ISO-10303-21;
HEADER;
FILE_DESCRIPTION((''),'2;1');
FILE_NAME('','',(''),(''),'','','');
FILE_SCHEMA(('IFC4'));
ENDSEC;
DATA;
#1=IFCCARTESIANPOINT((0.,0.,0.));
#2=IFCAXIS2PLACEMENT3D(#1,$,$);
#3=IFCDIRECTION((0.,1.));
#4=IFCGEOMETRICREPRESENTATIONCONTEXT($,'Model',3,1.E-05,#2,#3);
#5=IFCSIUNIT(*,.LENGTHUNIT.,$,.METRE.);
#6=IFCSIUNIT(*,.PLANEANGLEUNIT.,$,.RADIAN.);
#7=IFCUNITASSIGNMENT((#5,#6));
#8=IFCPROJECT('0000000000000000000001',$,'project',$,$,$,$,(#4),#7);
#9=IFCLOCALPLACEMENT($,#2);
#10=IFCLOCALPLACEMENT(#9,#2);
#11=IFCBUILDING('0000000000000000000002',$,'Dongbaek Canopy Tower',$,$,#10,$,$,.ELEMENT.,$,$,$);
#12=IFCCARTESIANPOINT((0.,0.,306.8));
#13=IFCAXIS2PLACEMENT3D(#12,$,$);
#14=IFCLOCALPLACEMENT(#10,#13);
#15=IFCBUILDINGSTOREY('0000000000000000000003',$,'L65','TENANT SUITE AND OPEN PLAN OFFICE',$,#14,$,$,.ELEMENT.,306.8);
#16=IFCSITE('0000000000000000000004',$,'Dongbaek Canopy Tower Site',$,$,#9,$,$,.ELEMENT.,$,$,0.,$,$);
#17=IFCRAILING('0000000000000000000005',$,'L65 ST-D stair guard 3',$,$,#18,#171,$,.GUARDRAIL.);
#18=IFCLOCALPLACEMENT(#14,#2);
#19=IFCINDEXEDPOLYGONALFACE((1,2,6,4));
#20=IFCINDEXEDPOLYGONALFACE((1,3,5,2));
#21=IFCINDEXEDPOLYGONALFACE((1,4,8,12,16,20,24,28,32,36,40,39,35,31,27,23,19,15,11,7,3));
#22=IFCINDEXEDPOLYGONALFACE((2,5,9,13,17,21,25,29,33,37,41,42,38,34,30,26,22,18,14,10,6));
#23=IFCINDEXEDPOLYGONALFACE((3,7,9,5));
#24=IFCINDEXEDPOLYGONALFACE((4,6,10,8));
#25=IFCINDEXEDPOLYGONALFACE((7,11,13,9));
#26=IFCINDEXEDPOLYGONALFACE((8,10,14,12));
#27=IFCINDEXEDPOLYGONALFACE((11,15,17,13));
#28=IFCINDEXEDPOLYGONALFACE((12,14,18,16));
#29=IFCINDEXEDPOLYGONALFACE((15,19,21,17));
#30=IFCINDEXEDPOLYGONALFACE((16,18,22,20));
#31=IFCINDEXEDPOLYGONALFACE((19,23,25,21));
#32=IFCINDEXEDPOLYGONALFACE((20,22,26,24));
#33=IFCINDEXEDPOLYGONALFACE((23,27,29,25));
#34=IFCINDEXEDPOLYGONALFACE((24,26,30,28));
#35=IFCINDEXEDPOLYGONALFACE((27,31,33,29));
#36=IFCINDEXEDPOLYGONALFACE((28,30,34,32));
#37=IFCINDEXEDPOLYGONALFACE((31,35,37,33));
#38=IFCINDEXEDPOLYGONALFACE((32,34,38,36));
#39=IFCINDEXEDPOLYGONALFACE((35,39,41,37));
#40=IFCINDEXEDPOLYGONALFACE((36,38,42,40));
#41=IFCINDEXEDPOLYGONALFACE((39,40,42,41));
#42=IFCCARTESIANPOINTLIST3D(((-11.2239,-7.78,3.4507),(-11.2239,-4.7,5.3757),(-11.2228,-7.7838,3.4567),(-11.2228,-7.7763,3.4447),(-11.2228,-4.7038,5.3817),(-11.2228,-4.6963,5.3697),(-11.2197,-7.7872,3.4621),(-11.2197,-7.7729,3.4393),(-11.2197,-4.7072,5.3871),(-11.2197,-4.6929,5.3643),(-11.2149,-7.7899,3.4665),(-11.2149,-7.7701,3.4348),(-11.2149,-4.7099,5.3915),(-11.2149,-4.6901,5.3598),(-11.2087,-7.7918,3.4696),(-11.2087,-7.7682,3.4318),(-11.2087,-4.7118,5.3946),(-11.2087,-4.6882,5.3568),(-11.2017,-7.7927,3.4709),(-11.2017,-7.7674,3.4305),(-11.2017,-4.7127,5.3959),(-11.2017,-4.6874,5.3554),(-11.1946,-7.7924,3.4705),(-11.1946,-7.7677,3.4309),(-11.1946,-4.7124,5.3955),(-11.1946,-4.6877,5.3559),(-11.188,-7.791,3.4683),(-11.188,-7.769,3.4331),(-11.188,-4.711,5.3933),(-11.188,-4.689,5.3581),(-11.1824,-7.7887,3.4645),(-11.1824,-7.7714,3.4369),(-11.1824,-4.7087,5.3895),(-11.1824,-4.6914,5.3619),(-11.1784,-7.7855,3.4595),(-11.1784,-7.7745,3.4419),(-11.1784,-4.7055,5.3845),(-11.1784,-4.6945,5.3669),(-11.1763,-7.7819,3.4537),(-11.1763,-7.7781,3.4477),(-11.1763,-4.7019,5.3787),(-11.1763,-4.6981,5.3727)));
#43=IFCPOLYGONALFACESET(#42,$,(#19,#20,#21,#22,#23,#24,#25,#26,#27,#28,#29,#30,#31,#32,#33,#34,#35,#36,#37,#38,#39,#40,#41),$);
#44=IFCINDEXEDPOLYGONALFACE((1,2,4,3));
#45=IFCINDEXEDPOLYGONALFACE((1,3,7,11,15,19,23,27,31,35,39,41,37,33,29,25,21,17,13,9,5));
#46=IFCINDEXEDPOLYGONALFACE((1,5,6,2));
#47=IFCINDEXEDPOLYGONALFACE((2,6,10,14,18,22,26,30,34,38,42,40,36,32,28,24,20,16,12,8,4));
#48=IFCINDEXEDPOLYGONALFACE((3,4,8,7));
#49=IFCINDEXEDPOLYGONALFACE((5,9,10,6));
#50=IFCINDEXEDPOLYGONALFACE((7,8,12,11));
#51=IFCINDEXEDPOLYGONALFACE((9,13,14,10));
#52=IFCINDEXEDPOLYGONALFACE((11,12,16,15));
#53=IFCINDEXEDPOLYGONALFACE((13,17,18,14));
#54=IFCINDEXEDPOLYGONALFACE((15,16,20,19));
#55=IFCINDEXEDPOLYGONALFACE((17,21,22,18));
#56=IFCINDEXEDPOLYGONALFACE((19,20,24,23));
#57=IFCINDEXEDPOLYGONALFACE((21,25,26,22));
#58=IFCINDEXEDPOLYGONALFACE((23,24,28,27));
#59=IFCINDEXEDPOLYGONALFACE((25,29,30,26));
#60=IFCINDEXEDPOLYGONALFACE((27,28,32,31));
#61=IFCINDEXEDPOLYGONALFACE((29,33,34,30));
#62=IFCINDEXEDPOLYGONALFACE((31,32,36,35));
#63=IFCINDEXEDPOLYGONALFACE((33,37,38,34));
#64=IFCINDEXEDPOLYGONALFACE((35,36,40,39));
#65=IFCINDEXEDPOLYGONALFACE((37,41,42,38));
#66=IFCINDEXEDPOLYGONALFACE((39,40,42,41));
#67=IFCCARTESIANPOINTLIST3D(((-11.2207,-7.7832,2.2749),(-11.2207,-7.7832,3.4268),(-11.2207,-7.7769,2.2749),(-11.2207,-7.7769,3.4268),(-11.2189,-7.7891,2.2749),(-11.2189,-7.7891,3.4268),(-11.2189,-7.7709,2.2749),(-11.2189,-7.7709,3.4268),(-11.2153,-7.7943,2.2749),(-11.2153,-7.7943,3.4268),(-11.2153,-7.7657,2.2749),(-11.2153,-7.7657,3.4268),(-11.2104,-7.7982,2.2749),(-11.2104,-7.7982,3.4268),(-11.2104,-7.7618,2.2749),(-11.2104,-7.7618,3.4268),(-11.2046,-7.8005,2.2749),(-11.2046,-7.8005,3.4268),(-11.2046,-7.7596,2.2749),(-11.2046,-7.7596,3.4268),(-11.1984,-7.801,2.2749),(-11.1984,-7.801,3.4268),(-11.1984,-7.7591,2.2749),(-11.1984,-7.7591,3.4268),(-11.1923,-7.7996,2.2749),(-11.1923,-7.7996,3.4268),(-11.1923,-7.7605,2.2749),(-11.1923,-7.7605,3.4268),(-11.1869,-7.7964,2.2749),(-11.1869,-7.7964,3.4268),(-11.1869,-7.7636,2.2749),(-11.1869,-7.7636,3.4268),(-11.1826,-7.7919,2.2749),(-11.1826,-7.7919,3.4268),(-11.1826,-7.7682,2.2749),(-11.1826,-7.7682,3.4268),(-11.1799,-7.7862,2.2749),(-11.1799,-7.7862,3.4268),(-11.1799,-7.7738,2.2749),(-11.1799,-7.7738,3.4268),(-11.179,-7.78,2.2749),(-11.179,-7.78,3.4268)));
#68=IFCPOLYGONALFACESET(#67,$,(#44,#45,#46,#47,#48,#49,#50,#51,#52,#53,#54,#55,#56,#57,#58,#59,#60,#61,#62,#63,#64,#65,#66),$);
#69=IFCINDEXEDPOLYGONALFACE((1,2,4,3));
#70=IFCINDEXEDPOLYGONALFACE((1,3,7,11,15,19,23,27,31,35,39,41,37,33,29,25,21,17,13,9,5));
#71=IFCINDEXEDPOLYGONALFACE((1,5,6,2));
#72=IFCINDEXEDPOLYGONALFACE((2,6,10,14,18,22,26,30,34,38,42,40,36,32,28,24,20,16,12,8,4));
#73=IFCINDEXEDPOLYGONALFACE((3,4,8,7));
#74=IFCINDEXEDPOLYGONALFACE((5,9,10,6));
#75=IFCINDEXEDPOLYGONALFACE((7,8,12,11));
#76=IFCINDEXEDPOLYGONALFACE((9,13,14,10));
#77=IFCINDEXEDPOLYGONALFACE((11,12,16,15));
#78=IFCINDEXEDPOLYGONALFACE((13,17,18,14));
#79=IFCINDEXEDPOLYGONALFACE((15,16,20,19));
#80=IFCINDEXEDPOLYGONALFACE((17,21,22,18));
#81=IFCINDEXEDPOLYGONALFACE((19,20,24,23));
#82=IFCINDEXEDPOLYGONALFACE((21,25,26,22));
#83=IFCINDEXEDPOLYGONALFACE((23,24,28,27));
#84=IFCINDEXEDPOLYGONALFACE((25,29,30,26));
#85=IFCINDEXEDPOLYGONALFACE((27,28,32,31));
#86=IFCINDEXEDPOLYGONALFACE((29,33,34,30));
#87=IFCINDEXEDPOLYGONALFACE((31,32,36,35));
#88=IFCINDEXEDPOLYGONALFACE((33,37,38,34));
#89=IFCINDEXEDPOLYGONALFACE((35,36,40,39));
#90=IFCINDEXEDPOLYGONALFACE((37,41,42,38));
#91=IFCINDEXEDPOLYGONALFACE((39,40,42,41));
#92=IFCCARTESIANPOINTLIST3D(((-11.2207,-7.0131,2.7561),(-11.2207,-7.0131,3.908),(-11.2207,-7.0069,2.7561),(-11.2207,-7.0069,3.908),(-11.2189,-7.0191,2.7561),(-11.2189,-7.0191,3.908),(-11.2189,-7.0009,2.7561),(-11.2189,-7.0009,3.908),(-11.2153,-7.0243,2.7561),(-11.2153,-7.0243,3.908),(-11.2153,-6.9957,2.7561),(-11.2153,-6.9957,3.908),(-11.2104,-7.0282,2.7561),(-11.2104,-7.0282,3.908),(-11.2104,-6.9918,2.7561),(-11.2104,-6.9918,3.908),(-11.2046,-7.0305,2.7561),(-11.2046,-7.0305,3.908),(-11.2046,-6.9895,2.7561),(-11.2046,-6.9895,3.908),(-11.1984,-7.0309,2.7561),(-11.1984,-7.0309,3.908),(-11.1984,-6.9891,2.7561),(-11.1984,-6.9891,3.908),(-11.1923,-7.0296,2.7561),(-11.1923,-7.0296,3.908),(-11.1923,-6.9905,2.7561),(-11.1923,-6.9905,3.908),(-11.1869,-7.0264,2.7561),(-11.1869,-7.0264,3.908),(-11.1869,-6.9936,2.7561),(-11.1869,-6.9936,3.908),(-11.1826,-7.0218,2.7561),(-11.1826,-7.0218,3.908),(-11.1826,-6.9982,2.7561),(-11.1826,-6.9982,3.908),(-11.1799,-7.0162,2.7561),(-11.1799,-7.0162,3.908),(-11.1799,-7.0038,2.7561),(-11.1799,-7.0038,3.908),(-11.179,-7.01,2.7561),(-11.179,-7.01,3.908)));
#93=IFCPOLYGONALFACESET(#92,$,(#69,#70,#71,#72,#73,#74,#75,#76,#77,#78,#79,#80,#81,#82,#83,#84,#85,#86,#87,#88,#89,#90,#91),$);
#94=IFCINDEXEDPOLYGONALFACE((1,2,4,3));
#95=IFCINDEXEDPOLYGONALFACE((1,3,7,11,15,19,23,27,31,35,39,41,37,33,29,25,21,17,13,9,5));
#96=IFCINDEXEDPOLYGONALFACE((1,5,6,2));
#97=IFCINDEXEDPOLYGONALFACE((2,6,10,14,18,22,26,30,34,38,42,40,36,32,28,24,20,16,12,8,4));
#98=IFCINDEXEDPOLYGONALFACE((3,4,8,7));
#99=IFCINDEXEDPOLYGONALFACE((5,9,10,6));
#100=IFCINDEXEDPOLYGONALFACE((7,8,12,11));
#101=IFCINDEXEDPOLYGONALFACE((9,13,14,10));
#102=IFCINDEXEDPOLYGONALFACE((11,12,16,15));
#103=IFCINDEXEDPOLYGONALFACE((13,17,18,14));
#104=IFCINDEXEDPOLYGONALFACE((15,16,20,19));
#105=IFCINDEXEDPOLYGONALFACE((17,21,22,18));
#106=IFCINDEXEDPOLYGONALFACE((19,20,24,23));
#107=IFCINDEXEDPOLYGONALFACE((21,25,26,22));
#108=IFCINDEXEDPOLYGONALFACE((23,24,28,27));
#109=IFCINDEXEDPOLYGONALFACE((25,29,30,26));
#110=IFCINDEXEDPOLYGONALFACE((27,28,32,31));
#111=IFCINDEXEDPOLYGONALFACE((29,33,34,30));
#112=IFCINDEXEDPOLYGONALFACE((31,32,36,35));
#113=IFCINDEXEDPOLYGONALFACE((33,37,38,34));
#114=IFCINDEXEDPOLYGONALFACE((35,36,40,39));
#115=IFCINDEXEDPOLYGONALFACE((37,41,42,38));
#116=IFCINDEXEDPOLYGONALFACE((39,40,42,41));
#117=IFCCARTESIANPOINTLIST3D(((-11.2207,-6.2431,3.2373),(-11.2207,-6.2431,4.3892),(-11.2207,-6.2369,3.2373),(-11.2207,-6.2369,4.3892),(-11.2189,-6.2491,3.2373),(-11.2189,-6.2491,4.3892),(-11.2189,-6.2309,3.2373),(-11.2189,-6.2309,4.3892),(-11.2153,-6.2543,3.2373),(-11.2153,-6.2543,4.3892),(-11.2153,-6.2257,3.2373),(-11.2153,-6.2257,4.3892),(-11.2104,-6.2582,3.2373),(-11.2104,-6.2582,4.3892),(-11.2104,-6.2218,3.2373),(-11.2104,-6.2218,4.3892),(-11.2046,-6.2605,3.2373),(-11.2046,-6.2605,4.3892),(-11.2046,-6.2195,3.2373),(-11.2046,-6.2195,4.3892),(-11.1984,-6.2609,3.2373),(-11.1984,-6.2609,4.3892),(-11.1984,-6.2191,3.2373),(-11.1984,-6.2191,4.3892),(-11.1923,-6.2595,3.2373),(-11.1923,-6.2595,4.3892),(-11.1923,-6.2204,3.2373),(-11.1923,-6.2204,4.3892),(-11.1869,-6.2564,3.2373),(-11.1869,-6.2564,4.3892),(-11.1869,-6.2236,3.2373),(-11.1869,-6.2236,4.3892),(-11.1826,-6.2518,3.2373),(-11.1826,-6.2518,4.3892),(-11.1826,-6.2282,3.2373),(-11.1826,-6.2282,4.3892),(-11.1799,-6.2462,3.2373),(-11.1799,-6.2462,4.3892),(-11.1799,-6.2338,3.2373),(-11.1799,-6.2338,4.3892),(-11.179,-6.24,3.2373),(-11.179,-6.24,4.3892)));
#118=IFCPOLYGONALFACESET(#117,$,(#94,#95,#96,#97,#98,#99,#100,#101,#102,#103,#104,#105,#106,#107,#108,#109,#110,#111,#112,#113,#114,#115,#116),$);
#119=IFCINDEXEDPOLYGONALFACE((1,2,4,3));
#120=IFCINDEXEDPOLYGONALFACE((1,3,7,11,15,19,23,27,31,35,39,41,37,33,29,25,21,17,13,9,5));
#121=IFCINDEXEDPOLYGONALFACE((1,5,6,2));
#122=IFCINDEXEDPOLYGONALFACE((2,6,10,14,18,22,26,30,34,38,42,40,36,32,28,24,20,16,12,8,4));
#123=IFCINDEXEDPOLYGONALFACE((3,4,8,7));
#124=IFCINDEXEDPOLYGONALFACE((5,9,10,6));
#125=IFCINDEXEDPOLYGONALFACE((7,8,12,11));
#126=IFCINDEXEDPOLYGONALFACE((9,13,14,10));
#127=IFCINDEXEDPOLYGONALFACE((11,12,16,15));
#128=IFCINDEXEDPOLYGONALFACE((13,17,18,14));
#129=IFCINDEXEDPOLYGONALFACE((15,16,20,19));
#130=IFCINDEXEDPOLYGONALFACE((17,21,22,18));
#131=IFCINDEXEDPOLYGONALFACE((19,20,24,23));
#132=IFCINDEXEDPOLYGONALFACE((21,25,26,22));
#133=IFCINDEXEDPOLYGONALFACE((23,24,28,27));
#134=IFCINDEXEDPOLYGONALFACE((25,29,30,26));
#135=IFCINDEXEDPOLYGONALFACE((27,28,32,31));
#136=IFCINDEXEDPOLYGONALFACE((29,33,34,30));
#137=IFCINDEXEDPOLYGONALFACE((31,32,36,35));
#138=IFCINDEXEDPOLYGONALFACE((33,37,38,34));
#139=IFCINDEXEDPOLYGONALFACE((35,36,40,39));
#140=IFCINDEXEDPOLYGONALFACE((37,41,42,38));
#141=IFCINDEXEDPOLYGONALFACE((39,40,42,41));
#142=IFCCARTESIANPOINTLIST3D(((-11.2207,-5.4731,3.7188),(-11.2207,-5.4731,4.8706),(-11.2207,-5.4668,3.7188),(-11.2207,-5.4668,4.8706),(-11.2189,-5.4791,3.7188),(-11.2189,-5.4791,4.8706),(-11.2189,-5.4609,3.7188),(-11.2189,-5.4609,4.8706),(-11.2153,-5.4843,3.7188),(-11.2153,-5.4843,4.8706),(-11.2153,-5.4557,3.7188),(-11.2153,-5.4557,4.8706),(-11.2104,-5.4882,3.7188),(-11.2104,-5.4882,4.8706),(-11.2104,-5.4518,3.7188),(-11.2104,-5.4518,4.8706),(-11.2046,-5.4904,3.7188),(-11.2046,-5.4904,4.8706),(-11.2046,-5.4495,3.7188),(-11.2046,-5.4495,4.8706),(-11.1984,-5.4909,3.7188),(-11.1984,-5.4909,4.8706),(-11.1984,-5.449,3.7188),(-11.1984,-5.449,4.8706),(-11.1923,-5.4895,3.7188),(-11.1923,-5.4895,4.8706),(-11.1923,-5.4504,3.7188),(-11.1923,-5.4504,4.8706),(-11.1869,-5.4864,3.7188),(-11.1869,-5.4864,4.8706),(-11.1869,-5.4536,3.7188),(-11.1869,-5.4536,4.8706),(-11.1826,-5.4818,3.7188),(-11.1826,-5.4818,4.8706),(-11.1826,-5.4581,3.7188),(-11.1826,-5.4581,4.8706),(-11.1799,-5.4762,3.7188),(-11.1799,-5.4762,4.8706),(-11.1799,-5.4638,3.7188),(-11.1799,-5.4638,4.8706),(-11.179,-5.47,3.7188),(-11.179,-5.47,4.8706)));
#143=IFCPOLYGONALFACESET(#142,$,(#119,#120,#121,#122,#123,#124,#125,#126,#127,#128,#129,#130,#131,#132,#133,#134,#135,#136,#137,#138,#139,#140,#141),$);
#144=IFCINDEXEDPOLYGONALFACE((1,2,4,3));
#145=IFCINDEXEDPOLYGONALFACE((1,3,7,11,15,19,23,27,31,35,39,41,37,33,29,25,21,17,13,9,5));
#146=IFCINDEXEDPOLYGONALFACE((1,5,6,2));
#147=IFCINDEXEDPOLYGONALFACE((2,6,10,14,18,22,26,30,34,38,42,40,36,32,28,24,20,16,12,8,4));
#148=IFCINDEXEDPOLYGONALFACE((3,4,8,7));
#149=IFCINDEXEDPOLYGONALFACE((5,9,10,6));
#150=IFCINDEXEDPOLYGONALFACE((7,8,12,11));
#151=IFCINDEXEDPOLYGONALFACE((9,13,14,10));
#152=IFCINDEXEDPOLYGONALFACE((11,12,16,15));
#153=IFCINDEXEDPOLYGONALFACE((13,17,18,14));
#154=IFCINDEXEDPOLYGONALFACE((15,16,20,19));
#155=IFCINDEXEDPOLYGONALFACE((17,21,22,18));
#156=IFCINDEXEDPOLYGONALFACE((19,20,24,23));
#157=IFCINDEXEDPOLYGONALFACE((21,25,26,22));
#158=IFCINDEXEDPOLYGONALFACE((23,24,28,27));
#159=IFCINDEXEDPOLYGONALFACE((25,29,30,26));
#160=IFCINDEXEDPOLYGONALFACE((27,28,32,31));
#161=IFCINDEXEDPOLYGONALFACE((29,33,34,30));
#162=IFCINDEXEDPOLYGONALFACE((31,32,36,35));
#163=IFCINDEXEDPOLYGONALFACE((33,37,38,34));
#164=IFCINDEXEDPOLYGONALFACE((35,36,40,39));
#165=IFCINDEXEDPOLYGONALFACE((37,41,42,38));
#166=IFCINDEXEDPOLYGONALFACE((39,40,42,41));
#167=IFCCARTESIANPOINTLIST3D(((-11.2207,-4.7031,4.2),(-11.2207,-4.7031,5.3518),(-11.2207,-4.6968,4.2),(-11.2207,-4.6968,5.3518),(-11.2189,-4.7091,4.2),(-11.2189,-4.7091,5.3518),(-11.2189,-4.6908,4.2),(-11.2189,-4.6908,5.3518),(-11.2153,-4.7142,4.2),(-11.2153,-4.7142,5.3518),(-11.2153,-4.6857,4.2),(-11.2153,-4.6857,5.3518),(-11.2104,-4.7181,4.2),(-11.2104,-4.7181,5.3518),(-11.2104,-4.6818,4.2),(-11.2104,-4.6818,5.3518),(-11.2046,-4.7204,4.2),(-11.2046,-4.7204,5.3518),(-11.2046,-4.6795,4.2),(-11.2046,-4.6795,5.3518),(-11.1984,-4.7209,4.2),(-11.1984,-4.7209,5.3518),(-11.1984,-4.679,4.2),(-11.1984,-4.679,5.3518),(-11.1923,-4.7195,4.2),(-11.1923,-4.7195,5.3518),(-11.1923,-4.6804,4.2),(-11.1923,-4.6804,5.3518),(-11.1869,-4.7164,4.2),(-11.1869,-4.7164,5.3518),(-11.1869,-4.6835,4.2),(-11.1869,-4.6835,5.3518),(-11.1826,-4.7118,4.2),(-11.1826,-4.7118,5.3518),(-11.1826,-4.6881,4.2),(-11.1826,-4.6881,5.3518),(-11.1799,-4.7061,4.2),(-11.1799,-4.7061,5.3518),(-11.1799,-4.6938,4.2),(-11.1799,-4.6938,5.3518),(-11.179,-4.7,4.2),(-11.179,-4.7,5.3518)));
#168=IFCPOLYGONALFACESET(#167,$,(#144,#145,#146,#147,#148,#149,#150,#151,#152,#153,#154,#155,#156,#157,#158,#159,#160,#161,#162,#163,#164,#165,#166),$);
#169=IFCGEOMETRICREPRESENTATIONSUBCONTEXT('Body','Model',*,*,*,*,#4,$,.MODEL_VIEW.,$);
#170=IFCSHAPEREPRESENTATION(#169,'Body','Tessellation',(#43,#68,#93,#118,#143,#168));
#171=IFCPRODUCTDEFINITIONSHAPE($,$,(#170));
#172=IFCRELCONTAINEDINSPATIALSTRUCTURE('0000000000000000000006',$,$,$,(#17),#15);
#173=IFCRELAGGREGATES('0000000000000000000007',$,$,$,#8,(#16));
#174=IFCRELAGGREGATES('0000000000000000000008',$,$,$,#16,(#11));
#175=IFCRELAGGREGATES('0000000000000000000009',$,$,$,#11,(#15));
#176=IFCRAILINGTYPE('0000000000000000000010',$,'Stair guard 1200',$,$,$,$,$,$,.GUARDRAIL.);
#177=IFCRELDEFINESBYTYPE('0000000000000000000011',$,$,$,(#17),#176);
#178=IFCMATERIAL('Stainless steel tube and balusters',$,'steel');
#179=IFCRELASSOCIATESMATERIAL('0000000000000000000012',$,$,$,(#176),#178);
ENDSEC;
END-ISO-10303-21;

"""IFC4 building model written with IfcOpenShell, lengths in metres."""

from ifc_helpers import new_model, si_unit, direction, frame, origin, origin_2d, place, context, subcontext, project, spatial, circle, extrude, material, type_object, element, save


model = new_model("IFC4")

# Units and contexts
model_context = context("Model", 3, precision=1e-05, world=origin(), true_north=direction((0.0, 1.0)))
body_context = subcontext(model_context, "Body", "Model", "MODEL_VIEW")
ifc_project = project(units=[si_unit("LENGTHUNIT", "METRE"), si_unit("PLANEANGLEUNIT", "RADIAN")], contexts=[model_context])

# Site, building, storey
site_placement = place(None, origin())
site = spatial("IfcSite", under=ifc_project, at=site_placement, Name="Dongbaek Canopy Tower Site", CompositionType="ELEMENT", RefElevation=0.0)
building_placement = place(site_placement, origin())
building = spatial("IfcBuilding", under=site, at=building_placement, Name="Dongbaek Canopy Tower", CompositionType="ELEMENT")
storey_placement = place(building_placement, frame((0.0, 0.0, 306.8)))
storey = spatial("IfcBuildingStorey", under=building, at=storey_placement, Name="L65", Description="TENANT SUITE AND OPEN PLAN OFFICE", CompositionType="ELEMENT", Elevation=306.8)

# Railing
ifc_material_1 = material(Name="Stainless steel tube and balusters", Category="steel")
railing_type_1 = type_object("IfcRailingType", Name="Stair guard 1200", PredefinedType="GUARDRAIL", material=ifc_material_1)
railing_1_placement = place(storey_placement, frame((-11.2, -7.78, 2.2749)))
element("IfcRailing", 1, at=railing_1_placement, inside=storey, type_object=railing_type_1, Name="L65 ST-D stair guard 3", PredefinedType="GUARDRAIL", context=body_context, shape_type="SweptSolid", body=[
    extrude(circle(Radius=0.0239, at=origin_2d()), frame((0.0, 0.0, 1.1758), z_axis=(0.0, 0.847998, 0.529999), x_axis=(-1.0, 0.0, 0.0)), (0.0, 0.0, 1.0), 3.6321),
    extrude(circle(Radius=0.021, at=origin_2d()), origin(), (0.0, 0.0, 1.0), 1.1519),
    extrude(circle(Radius=0.021, at=origin_2d()), frame((0.0, 0.77, 0.4812)), (0.0, 0.0, 1.0), 1.1519),
    extrude(circle(Radius=0.021, at=origin_2d()), frame((0.0, 1.54, 0.9624)), (0.0, 0.0, 1.0), 1.1519),
    extrude(circle(Radius=0.021, at=origin_2d()), frame((0.0, 2.3101, 1.4438)), (0.0, 0.0, 1.0), 1.1519),
    extrude(circle(Radius=0.021, at=origin_2d()), frame((0.0, 3.0801, 1.925)), (0.0, 0.0, 1.0), 1.1519),
])

save(model, "model.ifc")
